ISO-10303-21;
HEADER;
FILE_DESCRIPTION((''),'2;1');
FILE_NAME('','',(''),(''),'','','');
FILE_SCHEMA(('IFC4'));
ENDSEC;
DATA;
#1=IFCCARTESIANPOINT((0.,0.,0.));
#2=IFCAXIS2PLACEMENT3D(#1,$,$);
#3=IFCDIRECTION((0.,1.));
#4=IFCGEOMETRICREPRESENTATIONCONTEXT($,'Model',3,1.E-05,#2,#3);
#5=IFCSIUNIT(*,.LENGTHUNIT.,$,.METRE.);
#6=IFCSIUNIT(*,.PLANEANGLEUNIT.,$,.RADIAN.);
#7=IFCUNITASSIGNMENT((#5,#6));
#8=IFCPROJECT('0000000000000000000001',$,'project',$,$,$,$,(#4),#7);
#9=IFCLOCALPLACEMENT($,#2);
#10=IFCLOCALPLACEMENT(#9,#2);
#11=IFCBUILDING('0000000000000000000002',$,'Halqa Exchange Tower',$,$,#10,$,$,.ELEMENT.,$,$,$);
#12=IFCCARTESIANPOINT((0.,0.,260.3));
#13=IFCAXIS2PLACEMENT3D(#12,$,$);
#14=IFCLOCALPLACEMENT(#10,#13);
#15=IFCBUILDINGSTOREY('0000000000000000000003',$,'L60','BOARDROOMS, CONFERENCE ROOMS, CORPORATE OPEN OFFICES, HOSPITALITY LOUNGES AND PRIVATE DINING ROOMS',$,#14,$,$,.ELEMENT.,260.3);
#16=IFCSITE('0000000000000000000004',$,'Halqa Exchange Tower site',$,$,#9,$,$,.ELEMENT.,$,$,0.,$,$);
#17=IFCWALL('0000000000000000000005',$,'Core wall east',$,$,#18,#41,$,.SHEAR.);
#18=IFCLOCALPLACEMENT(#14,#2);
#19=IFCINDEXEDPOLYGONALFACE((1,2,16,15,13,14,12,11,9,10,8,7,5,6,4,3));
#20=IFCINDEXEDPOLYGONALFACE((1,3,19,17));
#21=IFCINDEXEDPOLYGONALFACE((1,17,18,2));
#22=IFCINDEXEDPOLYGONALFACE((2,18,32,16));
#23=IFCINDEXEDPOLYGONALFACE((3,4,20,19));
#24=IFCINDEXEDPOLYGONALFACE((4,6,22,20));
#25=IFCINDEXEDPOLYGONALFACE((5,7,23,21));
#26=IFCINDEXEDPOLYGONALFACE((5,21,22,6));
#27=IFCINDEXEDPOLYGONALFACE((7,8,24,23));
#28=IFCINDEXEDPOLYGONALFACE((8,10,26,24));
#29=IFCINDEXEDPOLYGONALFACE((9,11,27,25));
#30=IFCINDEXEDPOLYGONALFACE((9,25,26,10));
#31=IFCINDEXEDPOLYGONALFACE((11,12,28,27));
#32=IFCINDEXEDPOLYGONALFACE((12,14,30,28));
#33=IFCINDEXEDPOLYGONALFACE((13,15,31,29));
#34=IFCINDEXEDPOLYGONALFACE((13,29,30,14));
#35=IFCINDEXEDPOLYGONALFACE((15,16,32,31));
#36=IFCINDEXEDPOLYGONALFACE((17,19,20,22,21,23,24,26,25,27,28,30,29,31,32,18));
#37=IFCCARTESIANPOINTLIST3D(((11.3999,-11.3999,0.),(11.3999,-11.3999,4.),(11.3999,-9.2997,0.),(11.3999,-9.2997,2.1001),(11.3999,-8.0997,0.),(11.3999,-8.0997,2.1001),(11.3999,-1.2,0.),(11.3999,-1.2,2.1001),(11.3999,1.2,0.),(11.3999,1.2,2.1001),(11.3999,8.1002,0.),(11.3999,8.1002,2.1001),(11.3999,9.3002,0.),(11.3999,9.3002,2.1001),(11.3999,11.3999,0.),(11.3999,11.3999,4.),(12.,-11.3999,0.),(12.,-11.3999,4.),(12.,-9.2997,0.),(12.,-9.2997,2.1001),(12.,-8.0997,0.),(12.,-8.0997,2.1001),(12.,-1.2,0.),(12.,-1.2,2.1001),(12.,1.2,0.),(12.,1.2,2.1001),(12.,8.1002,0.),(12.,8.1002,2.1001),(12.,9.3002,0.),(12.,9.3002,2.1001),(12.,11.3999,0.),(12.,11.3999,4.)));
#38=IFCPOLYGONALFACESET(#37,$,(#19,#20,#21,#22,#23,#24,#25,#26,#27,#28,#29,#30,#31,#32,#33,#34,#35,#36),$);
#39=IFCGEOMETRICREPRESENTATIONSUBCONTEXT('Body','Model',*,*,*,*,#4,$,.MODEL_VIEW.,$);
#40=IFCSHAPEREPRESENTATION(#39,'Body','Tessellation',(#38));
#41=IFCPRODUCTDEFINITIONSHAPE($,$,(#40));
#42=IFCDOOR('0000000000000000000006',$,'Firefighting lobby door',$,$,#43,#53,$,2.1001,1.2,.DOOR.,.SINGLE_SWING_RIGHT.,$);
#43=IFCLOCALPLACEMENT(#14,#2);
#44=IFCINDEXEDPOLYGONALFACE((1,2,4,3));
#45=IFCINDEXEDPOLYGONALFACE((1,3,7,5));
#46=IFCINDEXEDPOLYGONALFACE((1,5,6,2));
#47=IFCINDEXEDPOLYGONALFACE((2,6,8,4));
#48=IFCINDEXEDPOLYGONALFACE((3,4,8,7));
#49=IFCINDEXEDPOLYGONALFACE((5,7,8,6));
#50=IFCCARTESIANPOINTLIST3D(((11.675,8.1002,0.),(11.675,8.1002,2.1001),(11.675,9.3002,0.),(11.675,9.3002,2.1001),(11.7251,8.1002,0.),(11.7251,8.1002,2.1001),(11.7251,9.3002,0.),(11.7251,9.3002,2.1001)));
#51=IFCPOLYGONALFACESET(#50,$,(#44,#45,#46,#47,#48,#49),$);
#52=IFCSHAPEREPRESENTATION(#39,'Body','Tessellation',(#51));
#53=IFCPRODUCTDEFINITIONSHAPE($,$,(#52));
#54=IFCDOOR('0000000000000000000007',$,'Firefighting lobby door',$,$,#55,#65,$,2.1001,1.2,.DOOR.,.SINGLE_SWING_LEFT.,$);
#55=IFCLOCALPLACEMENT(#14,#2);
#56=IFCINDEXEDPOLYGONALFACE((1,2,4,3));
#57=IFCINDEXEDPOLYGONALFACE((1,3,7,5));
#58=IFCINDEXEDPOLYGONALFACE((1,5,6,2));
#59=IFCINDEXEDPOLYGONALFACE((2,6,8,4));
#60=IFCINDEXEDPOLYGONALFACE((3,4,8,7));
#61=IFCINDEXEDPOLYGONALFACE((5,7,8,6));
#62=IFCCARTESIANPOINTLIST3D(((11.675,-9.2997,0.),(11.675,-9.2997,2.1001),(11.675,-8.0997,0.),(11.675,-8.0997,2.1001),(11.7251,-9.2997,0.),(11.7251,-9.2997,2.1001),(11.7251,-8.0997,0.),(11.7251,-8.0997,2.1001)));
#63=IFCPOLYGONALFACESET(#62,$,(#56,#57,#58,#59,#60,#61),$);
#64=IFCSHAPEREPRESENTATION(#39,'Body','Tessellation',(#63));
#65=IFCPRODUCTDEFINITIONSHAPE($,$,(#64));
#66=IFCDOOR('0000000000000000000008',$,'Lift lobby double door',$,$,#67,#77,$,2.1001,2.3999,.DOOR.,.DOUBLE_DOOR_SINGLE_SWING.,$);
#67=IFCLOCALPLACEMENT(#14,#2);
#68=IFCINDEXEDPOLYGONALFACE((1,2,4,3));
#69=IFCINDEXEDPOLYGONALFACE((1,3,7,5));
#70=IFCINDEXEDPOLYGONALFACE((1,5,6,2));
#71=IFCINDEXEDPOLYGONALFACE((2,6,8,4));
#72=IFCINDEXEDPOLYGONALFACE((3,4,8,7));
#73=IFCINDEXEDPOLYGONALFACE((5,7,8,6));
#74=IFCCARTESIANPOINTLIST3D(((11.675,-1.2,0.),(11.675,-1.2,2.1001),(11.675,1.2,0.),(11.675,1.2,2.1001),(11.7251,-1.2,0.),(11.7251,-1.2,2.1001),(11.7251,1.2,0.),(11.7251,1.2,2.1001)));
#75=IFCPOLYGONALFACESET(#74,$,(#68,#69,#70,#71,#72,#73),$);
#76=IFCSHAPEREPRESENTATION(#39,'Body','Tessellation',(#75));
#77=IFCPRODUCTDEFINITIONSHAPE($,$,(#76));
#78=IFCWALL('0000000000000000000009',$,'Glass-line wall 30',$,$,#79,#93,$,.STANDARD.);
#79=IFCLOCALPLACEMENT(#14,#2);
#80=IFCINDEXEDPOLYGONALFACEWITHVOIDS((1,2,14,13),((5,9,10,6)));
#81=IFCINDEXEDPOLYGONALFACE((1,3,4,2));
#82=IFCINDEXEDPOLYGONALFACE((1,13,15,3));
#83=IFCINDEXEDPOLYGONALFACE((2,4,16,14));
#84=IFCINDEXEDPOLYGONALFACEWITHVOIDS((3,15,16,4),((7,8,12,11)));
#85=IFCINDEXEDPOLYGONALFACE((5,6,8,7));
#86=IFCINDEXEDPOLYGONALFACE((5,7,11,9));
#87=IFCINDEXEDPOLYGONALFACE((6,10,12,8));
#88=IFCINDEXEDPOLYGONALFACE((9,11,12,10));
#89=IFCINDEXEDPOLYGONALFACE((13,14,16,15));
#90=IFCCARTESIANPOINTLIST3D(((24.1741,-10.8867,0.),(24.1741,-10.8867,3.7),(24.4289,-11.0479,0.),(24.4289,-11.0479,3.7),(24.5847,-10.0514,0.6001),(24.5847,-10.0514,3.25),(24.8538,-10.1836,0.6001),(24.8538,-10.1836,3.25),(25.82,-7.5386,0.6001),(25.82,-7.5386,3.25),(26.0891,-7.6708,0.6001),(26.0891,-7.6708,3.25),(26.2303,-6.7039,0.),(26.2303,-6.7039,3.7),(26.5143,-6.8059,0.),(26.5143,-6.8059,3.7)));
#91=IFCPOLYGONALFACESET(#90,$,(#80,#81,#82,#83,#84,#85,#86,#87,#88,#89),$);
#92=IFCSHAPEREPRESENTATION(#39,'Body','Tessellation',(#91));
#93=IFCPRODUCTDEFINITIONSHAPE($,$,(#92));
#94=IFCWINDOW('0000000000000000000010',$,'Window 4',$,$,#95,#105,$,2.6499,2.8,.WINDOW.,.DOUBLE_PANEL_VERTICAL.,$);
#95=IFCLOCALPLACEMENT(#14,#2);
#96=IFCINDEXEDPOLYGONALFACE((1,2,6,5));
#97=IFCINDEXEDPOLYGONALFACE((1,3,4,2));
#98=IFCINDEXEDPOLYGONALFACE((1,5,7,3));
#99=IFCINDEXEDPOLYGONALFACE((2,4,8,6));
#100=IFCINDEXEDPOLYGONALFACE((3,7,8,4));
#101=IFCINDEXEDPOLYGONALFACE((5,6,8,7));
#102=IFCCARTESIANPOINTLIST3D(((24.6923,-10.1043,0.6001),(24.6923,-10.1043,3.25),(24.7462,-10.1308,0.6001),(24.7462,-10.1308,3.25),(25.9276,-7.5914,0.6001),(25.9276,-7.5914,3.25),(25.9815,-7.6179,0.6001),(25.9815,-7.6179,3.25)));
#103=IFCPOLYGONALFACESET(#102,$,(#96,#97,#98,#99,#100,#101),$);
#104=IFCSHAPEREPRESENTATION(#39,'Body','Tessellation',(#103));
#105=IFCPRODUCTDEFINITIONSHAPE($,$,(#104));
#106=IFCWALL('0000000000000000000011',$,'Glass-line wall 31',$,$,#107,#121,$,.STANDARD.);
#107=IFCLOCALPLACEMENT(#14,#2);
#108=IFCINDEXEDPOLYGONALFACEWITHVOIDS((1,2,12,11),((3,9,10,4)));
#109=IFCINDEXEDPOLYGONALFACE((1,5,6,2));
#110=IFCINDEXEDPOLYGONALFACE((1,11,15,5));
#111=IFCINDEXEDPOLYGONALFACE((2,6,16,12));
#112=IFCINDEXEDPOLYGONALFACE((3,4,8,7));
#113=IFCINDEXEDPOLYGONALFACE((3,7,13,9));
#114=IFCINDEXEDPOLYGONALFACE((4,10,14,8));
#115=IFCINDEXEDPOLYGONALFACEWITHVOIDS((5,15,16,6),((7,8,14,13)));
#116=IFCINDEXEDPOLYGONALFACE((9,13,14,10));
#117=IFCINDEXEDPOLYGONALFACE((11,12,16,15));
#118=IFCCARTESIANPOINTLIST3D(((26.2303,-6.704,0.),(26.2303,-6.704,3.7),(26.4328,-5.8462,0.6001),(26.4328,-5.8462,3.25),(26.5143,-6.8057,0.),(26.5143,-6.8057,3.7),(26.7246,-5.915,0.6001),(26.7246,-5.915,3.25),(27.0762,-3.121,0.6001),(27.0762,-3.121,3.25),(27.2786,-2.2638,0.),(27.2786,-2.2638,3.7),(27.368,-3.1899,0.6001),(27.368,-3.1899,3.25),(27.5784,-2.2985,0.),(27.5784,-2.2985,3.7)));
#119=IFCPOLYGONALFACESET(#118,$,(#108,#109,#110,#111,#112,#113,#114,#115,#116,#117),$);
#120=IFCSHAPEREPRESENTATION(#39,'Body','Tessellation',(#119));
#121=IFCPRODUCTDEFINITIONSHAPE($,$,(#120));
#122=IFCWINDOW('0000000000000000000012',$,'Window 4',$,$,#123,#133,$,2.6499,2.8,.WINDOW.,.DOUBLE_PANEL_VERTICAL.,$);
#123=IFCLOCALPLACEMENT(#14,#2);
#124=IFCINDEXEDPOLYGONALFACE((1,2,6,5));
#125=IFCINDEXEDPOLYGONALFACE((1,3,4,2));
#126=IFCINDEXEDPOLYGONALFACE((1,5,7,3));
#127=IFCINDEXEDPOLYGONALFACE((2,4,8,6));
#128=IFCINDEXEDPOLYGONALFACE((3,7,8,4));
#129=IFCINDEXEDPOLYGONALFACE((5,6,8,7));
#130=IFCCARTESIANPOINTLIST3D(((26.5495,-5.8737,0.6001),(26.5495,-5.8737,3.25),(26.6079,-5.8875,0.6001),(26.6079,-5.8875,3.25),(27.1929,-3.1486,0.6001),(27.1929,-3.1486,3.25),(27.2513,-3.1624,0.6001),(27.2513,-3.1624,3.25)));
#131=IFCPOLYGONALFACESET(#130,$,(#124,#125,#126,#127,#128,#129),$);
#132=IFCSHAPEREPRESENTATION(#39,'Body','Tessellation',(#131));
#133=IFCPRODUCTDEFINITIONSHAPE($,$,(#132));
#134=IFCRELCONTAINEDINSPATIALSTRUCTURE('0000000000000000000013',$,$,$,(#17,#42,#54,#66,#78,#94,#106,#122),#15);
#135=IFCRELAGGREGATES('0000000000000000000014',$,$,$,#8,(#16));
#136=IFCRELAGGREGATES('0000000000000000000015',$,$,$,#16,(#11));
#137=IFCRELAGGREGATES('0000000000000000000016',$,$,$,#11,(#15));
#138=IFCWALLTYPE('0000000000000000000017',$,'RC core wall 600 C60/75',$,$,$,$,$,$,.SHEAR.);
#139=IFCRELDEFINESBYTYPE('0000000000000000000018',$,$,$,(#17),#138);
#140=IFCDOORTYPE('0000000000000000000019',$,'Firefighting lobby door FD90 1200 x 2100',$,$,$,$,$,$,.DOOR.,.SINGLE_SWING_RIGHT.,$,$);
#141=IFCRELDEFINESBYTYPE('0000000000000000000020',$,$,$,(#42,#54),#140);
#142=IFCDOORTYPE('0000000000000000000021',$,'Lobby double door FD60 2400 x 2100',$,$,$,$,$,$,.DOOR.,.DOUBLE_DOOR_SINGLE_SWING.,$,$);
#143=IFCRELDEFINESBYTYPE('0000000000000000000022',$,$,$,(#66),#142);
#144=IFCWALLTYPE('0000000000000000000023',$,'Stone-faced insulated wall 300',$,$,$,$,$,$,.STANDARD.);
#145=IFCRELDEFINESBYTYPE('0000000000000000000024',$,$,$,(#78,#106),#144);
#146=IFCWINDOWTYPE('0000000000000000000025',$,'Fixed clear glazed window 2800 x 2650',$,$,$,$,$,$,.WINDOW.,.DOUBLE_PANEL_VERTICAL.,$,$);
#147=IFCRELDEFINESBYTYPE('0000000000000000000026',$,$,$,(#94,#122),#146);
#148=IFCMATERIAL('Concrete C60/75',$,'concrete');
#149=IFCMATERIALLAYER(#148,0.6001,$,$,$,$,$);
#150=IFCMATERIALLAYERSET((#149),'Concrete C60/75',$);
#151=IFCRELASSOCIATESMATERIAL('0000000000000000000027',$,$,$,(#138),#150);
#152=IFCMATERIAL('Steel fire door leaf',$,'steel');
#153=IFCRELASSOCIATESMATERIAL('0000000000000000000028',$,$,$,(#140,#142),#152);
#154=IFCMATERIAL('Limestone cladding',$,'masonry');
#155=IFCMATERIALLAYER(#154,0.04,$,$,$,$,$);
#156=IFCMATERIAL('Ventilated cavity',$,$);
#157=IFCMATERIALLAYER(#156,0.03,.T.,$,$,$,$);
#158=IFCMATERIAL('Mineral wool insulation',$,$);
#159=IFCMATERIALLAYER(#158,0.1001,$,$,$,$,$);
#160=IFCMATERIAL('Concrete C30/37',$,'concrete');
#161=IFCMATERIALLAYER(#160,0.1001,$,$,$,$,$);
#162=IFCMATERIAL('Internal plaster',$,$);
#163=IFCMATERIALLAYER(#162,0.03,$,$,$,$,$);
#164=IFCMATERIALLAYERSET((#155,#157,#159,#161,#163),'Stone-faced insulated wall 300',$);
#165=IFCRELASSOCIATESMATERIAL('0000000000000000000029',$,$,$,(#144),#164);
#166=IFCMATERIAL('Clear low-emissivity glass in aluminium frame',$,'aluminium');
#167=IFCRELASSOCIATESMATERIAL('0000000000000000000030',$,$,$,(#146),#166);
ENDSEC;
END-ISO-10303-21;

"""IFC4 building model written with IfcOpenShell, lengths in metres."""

from ifc_helpers import new_model, si_unit, direction, frame, frame_2d, origin, place, context, subcontext, project, spatial, polyline, rectangle, outline, extrude, material, layer, layer_set, type_object, element, fill, save


model = new_model("IFC4")

# Units and contexts
model_context = context("Model", 3, precision=1e-05, world=origin(), true_north=direction((0.0, 1.0)))
body_context = subcontext(model_context, "Body", "Model", "MODEL_VIEW")
ifc_project = project(units=[si_unit("LENGTHUNIT", "METRE"), si_unit("PLANEANGLEUNIT", "RADIAN")], contexts=[model_context])

# Site, building, storey
site_placement = place(None, origin())
site = spatial("IfcSite", under=ifc_project, at=site_placement, Name="Halqa Exchange Tower site", CompositionType="ELEMENT", RefElevation=0.0)
building_placement = place(site_placement, origin())
building = spatial("IfcBuilding", under=site, at=building_placement, Name="Halqa Exchange Tower", CompositionType="ELEMENT")
storey_placement = place(building_placement, frame((0.0, 0.0, 260.3)))
storey = spatial("IfcBuildingStorey", under=building, at=storey_placement, Name="L60", Description="BOARDROOMS, CONFERENCE ROOMS, CORPORATE OPEN OFFICES, HOSPITALITY LOUNGES AND PRIVATE DINING ROOMS", CompositionType="ELEMENT", Elevation=260.3)

# Shared definitions
ifc_material_1 = material(Name="Concrete C60/75", Category="concrete")

# Wall, openings, doors
ifc_layer_1 = layer(ifc_material_1, 0.6001)
ifc_layer_set_1 = layer_set([ifc_layer_1], Name="Concrete C60/75")
wall_type_1 = type_object("IfcWallType", Name="RC core wall 600 C60/75", PredefinedType="SHEAR", material=ifc_layer_set_1)
wall_1_placement = place(storey_placement, frame((11.7, -11.3999, 0.0), z_axis=(0.0, 0.0, 1.0), x_axis=(0.0, 1.0, 0.0)))
wall_1 = element("IfcWall", 1, at=wall_1_placement, inside=storey, type_object=wall_type_1, Name="Core wall east", PredefinedType="SHEAR", context=body_context, shape_type="SweptSolid", body=[
    extrude(rectangle(XDim=22.7998, YDim=0.6001, at=frame_2d((11.3999, 0.0))), origin(), (0.0, 0.0, 1.0), 4.0),
])
opening_1_placement = place(wall_1_placement, frame((10.2, 0.0, 0.0)))
opening_1 = element("IfcOpeningElement", 2, at=opening_1_placement, cuts=wall_1, PredefinedType="OPENING", context=body_context, shape_type="SweptSolid", body=[
    extrude(rectangle(XDim=2.3999, YDim=2.1001, at=frame_2d((1.2, 1.05))), frame((0.0, 0.312, 0.0), z_axis=(0.0, -1.0, 0.0), x_axis=(1.0, 0.0, 0.0)), (0.0, 0.0, 1.0), 0.624),
])
opening_2_placement = place(wall_1_placement, frame((19.5, 0.0, 0.0)))
opening_2 = element("IfcOpeningElement", 3, at=opening_2_placement, cuts=wall_1, PredefinedType="OPENING", context=body_context, shape_type="SweptSolid", body=[
    extrude(rectangle(XDim=1.2, YDim=2.1001, at=frame_2d((0.6001, 1.05))), frame((0.0, 0.312, 0.0), z_axis=(0.0, -1.0, 0.0), x_axis=(1.0, 0.0, 0.0)), (0.0, 0.0, 1.0), 0.624),
])
opening_3_placement = place(wall_1_placement, frame((2.1001, 0.0, 0.0)))
opening_3 = element("IfcOpeningElement", 4, at=opening_3_placement, cuts=wall_1, PredefinedType="OPENING", context=body_context, shape_type="SweptSolid", body=[
    extrude(rectangle(XDim=1.2, YDim=2.1001, at=frame_2d((0.6001, 1.05))), frame((0.0, 0.312, 0.0), z_axis=(0.0, -1.0, 0.0), x_axis=(1.0, 0.0, 0.0)), (0.0, 0.0, 1.0), 0.624),
])
ifc_material_2 = material(Name="Steel fire door leaf", Category="steel")
door_type_1 = type_object("IfcDoorType", Name="Firefighting lobby door FD90 1200 x 2100", OperationType="SINGLE_SWING_RIGHT", PredefinedType="DOOR", material=ifc_material_2)
door_1_placement = place(opening_2_placement, origin())
door_1 = element("IfcDoor", 5, at=door_1_placement, inside=storey, type_object=door_type_1, Name="Firefighting lobby door", OperationType="SINGLE_SWING_RIGHT", OverallHeight=2.1001, OverallWidth=1.2, PredefinedType="DOOR", context=body_context, shape_type="SweptSolid", body=[
    extrude(rectangle(XDim=1.2, YDim=2.1001, at=frame_2d((0.6001, 1.05))), frame((0.0, 0.0249, 0.0), z_axis=(0.0, -1.0, 0.0), x_axis=(1.0, 0.0, 0.0)), (0.0, 0.0, 1.0), 0.05),
])
fill(opening_2, door_1)
door_2_placement = place(opening_3_placement, origin())
door_2 = element("IfcDoor", 6, at=door_2_placement, inside=storey, type_object=door_type_1, Name="Firefighting lobby door", OperationType="SINGLE_SWING_LEFT", OverallHeight=2.1001, OverallWidth=1.2, PredefinedType="DOOR", context=body_context, shape_type="SweptSolid", body=[
    extrude(rectangle(XDim=1.2, YDim=2.1001, at=frame_2d((0.6001, 1.05))), frame((0.0, 0.0249, 0.0), z_axis=(0.0, -1.0, 0.0), x_axis=(1.0, 0.0, 0.0)), (0.0, 0.0, 1.0), 0.05),
])
fill(opening_3, door_2)
door_type_2 = type_object("IfcDoorType", Name="Lobby double door FD60 2400 x 2100", OperationType="DOUBLE_DOOR_SINGLE_SWING", PredefinedType="DOOR", material=ifc_material_2)
door_3_placement = place(opening_1_placement, origin())
door_3 = element("IfcDoor", 7, at=door_3_placement, inside=storey, type_object=door_type_2, Name="Lift lobby double door", OperationType="DOUBLE_DOOR_SINGLE_SWING", OverallHeight=2.1001, OverallWidth=2.3999, PredefinedType="DOOR", context=body_context, shape_type="SweptSolid", body=[
    extrude(rectangle(XDim=2.3999, YDim=2.1001, at=frame_2d((1.2, 1.05))), frame((0.0, 0.0249, 0.0), z_axis=(0.0, -1.0, 0.0), x_axis=(1.0, 0.0, 0.0)), (0.0, 0.0, 1.0), 0.05),
])
fill(opening_1, door_3)

# Walls, openings, windows
ifc_material_3 = material(Name="Limestone cladding", Category="masonry")
ifc_layer_2 = layer(ifc_material_3, 0.04)
ifc_material_4 = material(Name="Ventilated cavity")
ifc_layer_3 = layer(ifc_material_4, 0.03, ventilated=True)
ifc_material_5 = material(Name="Mineral wool insulation")
ifc_layer_4 = layer(ifc_material_5, 0.1001)
ifc_material_6 = material(Name="Concrete C30/37", Category="concrete")
ifc_layer_5 = layer(ifc_material_6, 0.1001)
ifc_material_7 = material(Name="Internal plaster")
ifc_layer_6 = layer(ifc_material_7, 0.03)
ifc_layer_set_2 = layer_set([ifc_layer_2, ifc_layer_3, ifc_layer_4, ifc_layer_5, ifc_layer_6], Name="Stone-faced insulated wall 300")
wall_type_2 = type_object("IfcWallType", Name="Stone-faced insulated wall 300", PredefinedType="STANDARD", material=ifc_layer_set_2)
wall_2_placement = place(storey_placement, frame((24.3015, -10.9673, 0.0), z_axis=(0.0, 0.0, 1.0), x_axis=(0.44117, 0.897424, 0.0)))
wall_2 = element("IfcWall", 8, at=wall_2_placement, inside=storey, type_object=wall_type_2, Name="Glass-line wall 30", PredefinedType="STANDARD", context=body_context, shape_type="SweptSolid", body=[
    extrude(outline(polyline([(-0.0161, -0.1499), (4.7107, -0.1499), (4.677, 0.1499), (0.0161, 0.1499), (-0.0161, -0.1499)])), origin(), (0.0, 0.0, 1.0), 3.7),
])
opening_4_placement = place(wall_2_placement, frame((0.947, 0.0, 0.6001)))
opening_4 = element("IfcOpeningElement", 9, at=opening_4_placement, cuts=wall_2, PredefinedType="OPENING", context=body_context, shape_type="SweptSolid", body=[
    extrude(rectangle(XDim=2.8, YDim=2.6499, at=frame_2d((1.3999, 1.325))), frame((0.0, 0.1621, 0.0), z_axis=(0.0, -1.0, 0.0), x_axis=(1.0, 0.0, 0.0)), (0.0, 0.0, 1.0), 0.324),
])
ifc_material_8 = material(Name="Clear low-emissivity glass in aluminium frame", Category="aluminium")
window_type = type_object("IfcWindowType", Name="Fixed clear glazed window 2800 x 2650", PartitioningType="DOUBLE_PANEL_VERTICAL", PredefinedType="WINDOW", material=ifc_material_8)
window_1_placement = place(opening_4_placement, origin())
window_1 = element("IfcWindow", 10, at=window_1_placement, inside=storey, type_object=window_type, Name="Window 4", OverallHeight=2.6499, OverallWidth=2.8, PartitioningType="DOUBLE_PANEL_VERTICAL", PredefinedType="WINDOW", context=body_context, shape_type="SweptSolid", body=[
    extrude(rectangle(XDim=2.8, YDim=2.6499, at=frame_2d((1.3999, 1.325))), frame((0.0, 0.03, 0.0), z_axis=(0.0, -1.0, 0.0), x_axis=(1.0, 0.0, 0.0)), (0.0, 0.0, 1.0), 0.0601),
])
fill(opening_4, window_1)
wall_3_placement = place(storey_placement, frame((26.3723, -6.7549, 0.0), z_axis=(0.0, 0.0, 1.0), x_axis=(0.229768, 0.973246, 0.0)))
wall_3 = element("IfcWall", 11, at=wall_3_placement, inside=storey, type_object=wall_type_2, Name="Glass-line wall 31", PredefinedType="STANDARD", context=body_context, shape_type="SweptSolid", body=[
    extrude(outline(polyline([(-0.0168, -0.1499), (4.6143, -0.1499), (4.5791, 0.1499), (0.0168, 0.1499), (-0.0168, -0.1499)])), origin(), (0.0, 0.0, 1.0), 3.7),
])
opening_5_placement = place(wall_3_placement, frame((0.8984, 0.0, 0.6001)))
opening_5 = element("IfcOpeningElement", 12, at=opening_5_placement, cuts=wall_3, PredefinedType="OPENING", context=body_context, shape_type="SweptSolid", body=[
    extrude(rectangle(XDim=2.8, YDim=2.6499, at=frame_2d((1.3999, 1.325))), frame((0.0, 0.1621, 0.0), z_axis=(0.0, -1.0, 0.0), x_axis=(1.0, 0.0, 0.0)), (0.0, 0.0, 1.0), 0.324),
])
window_2_placement = place(opening_5_placement, origin())
window_2 = element("IfcWindow", 13, at=window_2_placement, inside=storey, type_object=window_type, Name="Window 4", OverallHeight=2.6499, OverallWidth=2.8, PartitioningType="DOUBLE_PANEL_VERTICAL", PredefinedType="WINDOW", context=body_context, shape_type="SweptSolid", body=[
    extrude(rectangle(XDim=2.8, YDim=2.6499, at=frame_2d((1.3999, 1.325))), frame((0.0, 0.03, 0.0), z_axis=(0.0, -1.0, 0.0), x_axis=(1.0, 0.0, 0.0)), (0.0, 0.0, 1.0), 0.0601),
])
fill(opening_5, window_2)

save(model, "model.ifc")
